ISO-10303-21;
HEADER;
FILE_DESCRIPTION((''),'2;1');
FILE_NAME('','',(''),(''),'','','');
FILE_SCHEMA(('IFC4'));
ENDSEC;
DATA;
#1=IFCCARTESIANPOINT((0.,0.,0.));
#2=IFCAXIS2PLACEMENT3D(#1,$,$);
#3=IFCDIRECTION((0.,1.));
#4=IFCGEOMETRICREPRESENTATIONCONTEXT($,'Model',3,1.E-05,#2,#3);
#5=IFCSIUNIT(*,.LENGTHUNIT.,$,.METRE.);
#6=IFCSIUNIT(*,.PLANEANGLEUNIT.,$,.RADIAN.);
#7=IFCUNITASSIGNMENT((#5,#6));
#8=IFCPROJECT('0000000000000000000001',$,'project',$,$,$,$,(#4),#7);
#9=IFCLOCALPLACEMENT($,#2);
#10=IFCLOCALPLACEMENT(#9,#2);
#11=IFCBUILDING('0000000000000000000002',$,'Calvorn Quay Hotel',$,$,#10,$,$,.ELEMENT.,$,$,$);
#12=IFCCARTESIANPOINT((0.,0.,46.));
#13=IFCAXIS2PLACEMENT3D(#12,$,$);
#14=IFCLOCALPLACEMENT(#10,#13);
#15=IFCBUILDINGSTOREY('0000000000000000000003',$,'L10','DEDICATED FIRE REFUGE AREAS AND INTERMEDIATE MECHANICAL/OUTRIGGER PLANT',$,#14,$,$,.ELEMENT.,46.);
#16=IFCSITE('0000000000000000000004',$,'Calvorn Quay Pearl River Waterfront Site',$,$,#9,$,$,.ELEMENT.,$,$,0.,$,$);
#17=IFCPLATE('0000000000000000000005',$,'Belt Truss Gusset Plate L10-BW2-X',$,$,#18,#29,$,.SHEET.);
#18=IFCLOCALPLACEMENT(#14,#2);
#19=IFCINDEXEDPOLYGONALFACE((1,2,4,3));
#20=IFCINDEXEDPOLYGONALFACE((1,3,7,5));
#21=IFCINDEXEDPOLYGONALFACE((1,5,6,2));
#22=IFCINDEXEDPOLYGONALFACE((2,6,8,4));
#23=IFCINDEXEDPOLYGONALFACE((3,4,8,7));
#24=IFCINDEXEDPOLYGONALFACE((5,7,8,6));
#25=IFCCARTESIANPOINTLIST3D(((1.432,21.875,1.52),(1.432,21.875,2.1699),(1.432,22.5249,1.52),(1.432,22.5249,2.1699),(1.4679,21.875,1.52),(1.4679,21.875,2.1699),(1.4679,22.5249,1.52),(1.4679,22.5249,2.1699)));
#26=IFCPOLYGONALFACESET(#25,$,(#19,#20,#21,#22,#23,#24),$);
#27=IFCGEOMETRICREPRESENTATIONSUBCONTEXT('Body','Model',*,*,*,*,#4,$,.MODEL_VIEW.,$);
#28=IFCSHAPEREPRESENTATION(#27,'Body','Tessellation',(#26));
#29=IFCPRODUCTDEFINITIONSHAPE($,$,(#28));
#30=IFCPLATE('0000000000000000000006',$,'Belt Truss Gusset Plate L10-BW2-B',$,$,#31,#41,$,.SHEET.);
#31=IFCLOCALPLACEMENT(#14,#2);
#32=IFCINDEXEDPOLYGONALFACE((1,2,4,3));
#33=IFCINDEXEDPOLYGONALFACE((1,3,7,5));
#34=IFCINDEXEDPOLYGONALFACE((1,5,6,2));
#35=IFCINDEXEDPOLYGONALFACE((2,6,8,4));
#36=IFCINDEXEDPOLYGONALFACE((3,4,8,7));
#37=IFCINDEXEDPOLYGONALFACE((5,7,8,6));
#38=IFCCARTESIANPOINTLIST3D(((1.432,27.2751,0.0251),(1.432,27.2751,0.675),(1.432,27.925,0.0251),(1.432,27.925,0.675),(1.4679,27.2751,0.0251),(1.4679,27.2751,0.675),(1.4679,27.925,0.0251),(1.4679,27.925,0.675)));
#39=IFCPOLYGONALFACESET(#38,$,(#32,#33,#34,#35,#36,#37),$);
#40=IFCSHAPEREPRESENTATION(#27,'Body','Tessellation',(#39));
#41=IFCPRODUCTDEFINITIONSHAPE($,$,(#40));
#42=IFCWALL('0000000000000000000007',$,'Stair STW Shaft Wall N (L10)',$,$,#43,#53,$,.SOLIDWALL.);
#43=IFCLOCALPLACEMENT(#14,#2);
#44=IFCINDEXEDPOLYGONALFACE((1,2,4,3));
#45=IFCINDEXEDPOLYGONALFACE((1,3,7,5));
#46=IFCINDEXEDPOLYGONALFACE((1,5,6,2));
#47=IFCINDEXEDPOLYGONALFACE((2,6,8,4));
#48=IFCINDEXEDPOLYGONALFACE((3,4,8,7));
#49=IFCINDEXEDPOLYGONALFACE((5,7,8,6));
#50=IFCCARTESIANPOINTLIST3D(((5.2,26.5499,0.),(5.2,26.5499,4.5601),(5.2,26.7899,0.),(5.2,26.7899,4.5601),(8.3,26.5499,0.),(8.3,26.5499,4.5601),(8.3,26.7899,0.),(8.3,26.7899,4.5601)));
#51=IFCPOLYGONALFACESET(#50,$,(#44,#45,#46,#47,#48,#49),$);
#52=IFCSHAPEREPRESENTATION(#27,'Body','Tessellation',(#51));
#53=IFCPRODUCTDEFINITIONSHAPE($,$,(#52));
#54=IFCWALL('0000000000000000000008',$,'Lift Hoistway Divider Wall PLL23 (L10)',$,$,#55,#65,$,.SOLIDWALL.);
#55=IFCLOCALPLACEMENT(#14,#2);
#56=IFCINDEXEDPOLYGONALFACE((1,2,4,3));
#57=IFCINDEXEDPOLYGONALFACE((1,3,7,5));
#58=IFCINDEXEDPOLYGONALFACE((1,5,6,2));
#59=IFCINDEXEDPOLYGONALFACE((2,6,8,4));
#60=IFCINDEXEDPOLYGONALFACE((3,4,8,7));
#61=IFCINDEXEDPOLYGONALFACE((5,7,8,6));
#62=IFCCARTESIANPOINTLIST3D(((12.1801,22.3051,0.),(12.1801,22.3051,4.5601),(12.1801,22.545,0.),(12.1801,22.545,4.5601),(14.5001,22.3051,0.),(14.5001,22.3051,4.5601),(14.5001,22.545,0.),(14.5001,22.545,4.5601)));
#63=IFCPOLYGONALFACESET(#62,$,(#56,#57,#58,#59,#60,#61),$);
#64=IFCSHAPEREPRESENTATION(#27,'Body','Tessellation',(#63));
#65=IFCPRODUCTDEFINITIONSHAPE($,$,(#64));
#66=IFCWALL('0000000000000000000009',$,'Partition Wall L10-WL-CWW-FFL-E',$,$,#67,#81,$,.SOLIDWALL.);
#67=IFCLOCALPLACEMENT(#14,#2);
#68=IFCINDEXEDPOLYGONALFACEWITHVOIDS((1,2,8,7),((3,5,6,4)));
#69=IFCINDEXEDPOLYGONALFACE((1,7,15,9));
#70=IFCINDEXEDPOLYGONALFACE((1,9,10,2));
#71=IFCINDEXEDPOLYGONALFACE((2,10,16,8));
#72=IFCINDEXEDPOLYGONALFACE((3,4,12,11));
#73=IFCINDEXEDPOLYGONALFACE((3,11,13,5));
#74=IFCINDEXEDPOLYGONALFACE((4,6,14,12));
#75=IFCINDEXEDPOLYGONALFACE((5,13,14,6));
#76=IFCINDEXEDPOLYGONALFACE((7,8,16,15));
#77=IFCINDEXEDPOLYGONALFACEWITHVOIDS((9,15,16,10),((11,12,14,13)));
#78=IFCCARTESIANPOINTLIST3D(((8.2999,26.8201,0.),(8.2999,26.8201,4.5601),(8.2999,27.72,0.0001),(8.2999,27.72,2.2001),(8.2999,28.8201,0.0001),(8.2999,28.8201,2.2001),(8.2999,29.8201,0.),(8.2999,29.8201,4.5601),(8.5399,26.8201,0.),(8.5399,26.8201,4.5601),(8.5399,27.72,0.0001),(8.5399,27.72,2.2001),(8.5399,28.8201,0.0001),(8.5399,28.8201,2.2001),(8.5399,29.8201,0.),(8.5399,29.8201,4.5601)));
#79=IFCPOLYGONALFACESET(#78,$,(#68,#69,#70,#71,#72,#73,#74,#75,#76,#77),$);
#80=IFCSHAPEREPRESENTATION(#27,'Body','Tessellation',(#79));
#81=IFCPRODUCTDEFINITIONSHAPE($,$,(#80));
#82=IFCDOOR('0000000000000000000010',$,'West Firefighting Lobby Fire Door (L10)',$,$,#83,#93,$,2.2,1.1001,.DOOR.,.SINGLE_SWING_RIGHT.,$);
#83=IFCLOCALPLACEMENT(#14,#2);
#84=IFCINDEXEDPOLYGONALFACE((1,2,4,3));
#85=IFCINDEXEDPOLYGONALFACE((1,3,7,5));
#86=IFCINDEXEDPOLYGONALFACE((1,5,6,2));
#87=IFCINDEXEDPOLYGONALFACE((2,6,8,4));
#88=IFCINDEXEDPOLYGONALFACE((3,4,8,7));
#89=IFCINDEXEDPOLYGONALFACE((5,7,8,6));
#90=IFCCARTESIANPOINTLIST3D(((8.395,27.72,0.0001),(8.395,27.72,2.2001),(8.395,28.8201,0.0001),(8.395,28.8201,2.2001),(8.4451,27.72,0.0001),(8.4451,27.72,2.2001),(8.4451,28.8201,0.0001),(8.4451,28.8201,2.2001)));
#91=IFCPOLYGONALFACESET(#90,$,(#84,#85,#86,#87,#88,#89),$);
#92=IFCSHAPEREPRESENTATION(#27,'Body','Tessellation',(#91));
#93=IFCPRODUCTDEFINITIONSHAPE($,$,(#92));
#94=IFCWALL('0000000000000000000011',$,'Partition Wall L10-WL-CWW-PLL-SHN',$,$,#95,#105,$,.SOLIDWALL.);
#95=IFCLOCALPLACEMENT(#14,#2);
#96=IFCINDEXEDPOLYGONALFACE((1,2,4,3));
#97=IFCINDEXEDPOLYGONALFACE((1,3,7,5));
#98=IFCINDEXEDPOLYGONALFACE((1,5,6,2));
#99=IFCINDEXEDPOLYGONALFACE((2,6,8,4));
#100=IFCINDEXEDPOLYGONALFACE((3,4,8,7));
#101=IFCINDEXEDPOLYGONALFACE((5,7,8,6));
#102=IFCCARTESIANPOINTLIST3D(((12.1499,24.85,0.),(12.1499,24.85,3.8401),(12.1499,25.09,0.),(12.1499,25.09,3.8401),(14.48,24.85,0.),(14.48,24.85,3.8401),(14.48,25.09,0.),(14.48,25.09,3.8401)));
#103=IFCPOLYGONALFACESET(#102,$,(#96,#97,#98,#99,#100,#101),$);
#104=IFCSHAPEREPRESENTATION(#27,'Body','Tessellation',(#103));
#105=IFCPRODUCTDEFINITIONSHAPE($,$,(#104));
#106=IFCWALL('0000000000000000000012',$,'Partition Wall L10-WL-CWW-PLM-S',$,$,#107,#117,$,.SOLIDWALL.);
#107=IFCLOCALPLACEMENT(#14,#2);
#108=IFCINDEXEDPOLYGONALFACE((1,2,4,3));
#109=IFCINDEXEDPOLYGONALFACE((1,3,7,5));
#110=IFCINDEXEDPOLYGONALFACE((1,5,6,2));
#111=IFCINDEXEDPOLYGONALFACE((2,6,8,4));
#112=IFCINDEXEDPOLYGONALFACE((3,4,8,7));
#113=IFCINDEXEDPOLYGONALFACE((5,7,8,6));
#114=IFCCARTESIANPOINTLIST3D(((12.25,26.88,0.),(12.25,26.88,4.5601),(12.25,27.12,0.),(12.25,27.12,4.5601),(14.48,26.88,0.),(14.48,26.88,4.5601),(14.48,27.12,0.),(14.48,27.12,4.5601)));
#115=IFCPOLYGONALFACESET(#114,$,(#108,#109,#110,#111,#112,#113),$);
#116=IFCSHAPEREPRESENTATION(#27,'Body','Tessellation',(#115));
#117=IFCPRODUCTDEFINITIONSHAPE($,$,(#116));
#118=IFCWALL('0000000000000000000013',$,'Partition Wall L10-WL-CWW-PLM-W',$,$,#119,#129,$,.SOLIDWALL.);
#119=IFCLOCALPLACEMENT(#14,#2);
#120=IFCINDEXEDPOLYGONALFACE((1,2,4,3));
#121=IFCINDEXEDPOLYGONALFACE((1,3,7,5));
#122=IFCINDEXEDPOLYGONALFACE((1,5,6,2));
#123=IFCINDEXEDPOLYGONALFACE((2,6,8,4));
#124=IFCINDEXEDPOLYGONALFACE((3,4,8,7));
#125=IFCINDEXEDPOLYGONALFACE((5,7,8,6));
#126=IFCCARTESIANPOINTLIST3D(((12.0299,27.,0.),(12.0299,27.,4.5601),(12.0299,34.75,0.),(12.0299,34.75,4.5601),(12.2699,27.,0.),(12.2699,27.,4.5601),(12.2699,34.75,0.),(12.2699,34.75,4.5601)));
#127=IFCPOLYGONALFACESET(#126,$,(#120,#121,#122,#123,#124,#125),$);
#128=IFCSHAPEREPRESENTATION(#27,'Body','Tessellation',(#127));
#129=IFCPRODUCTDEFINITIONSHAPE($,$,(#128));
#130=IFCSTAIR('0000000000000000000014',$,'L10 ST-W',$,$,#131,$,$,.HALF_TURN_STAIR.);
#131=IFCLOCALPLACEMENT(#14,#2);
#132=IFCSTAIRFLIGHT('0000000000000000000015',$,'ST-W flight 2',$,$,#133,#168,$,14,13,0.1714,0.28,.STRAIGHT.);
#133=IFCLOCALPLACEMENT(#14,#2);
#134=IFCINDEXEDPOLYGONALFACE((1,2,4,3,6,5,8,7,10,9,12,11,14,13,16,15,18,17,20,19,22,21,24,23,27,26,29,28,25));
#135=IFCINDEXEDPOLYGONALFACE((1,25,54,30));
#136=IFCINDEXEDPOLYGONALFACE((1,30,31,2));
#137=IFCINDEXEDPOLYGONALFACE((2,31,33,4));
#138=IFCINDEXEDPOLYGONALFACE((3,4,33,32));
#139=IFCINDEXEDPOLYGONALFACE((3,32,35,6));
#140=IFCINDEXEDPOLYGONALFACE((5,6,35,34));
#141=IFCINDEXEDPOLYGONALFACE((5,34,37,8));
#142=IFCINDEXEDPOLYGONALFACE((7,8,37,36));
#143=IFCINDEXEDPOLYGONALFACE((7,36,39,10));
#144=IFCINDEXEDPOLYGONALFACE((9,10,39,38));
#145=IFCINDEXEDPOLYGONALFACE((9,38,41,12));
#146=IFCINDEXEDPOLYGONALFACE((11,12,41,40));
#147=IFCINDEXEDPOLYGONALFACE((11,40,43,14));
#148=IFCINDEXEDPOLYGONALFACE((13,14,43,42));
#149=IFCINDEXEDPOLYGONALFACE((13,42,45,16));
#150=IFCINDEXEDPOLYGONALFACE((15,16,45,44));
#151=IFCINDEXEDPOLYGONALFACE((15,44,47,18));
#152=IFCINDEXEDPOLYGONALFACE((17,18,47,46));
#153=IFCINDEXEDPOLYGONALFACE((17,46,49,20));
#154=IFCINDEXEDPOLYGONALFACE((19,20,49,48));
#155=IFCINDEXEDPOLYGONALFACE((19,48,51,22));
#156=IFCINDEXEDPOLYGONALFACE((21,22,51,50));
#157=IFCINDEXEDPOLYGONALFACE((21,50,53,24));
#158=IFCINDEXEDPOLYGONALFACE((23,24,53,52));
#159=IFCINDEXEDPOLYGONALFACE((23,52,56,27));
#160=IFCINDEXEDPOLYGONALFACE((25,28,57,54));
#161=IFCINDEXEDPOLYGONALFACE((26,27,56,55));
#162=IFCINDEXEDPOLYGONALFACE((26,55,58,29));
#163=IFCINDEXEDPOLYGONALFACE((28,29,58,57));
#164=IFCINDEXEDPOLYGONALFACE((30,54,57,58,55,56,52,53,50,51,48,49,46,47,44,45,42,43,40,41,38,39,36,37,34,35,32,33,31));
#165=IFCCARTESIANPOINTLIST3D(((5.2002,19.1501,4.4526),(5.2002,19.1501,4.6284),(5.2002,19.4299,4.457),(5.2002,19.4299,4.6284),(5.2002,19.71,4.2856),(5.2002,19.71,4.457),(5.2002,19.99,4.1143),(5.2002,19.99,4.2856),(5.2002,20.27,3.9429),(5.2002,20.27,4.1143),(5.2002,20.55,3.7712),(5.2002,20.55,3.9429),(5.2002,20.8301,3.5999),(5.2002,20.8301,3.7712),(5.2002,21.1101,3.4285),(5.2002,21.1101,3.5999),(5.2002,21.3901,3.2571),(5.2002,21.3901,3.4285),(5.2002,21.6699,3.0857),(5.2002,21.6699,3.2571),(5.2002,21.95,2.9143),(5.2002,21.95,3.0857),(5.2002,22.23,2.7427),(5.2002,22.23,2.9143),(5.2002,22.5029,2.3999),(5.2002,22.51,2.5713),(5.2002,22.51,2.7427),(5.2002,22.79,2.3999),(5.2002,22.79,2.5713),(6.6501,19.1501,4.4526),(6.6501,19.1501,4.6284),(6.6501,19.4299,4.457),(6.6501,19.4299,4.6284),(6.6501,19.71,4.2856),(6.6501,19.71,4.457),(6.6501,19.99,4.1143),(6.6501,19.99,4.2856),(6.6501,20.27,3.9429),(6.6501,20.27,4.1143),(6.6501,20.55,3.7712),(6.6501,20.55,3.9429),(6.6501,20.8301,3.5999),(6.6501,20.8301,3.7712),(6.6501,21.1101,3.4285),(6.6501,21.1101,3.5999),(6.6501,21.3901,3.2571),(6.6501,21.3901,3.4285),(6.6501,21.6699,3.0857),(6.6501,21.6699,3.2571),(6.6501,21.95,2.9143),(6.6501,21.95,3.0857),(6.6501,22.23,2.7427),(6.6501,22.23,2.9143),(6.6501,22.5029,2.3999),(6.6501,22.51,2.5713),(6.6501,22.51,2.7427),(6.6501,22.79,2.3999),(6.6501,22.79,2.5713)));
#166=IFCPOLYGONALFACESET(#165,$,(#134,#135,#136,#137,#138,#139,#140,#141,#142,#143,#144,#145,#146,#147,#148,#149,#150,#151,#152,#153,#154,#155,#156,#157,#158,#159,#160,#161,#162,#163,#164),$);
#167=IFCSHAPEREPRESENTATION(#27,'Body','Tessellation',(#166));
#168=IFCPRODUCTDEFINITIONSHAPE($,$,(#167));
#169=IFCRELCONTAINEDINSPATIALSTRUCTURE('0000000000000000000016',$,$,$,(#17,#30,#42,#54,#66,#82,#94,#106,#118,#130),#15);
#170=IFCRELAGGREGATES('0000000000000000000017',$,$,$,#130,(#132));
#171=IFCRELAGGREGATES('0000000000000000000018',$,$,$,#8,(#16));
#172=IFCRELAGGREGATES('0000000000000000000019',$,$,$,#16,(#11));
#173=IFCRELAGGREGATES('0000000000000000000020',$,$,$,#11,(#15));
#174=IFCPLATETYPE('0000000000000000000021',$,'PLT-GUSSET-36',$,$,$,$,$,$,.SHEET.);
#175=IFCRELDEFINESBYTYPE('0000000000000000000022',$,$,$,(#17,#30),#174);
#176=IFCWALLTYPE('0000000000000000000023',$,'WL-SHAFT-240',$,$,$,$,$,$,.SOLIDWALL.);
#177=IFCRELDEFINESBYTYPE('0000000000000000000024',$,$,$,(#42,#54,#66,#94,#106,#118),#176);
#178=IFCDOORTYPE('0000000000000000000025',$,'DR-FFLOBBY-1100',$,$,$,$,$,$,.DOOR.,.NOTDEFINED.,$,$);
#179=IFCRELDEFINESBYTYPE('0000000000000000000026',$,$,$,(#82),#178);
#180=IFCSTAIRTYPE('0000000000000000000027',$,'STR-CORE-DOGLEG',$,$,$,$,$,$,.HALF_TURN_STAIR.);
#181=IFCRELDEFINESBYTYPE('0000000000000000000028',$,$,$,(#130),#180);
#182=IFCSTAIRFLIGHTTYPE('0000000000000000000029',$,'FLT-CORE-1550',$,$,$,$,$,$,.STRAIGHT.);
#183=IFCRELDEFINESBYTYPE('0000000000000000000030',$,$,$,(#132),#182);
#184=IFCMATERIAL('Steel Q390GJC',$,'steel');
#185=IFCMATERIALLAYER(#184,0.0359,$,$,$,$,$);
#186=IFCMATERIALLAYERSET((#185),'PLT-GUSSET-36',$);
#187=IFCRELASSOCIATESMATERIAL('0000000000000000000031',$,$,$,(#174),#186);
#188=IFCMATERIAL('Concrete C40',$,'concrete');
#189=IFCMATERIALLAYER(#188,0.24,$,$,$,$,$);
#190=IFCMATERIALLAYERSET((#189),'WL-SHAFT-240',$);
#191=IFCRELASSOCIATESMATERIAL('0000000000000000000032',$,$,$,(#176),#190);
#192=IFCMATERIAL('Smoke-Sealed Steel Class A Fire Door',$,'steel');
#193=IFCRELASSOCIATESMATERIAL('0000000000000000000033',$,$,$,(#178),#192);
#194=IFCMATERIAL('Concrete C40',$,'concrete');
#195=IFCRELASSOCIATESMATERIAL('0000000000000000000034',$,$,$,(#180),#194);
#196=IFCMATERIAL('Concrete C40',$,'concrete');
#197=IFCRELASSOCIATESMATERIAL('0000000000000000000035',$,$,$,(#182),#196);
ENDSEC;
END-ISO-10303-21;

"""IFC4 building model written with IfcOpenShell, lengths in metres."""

from ifc_helpers import new_model, si_unit, direction, frame, frame_2d, origin, origin_2d, place, context, subcontext, project, spatial, polyline, rectangle, outline, extrude, material, layer, layer_set, type_object, element, fill, aggregate, save


model = new_model("IFC4")

# Units and contexts
model_context = context("Model", 3, precision=1e-05, world=origin(), true_north=direction((0.0, 1.0)))
body_context = subcontext(model_context, "Body", "Model", "MODEL_VIEW")
ifc_project = project(units=[si_unit("LENGTHUNIT", "METRE"), si_unit("PLANEANGLEUNIT", "RADIAN")], contexts=[model_context])

# Site, building, storey
site_placement = place(None, origin())
site = spatial("IfcSite", under=ifc_project, at=site_placement, Name="Calvorn Quay Pearl River Waterfront Site", CompositionType="ELEMENT", RefElevation=0.0)
building_placement = place(site_placement, origin())
building = spatial("IfcBuilding", under=site, at=building_placement, Name="Calvorn Quay Hotel", CompositionType="ELEMENT")
storey_placement = place(building_placement, frame((0.0, 0.0, 46.0)))
storey = spatial("IfcBuildingStorey", under=building, at=storey_placement, Name="L10", Description="DEDICATED FIRE REFUGE AREAS AND INTERMEDIATE MECHANICAL/OUTRIGGER PLANT", CompositionType="ELEMENT", Elevation=46.0)

# Plates
ifc_material_1 = material(Name="Steel Q390GJC", Category="steel")
ifc_layer_1 = layer(ifc_material_1, 0.0359)
ifc_layer_set_1 = layer_set([ifc_layer_1], Name="PLT-GUSSET-36")
plate_type = type_object("IfcPlateType", Name="PLT-GUSSET-36", PredefinedType="SHEET", material=ifc_layer_set_1)
for number, where, z_axis, x_axis, name in (
    (1, (1.45, 22.2, 1.52), (0.0, 0.0, 1.0), (0.0, 1.0, 0.0), "Belt Truss Gusset Plate L10-BW2-X"),
    (2, (1.45, 27.6001, 0.0251), (0.0, 0.0, 1.0), (0.0, 1.0, 0.0), "Belt Truss Gusset Plate L10-BW2-B"),
):
    element("IfcPlate", number, at=place(storey_placement, frame(where, z_axis=z_axis, x_axis=x_axis)), inside=storey, type_object=plate_type, Name=name, PredefinedType="SHEET", context=body_context, shape_type="SweptSolid", body=[
        extrude(rectangle(XDim=0.6499, YDim=0.0359, at=origin_2d()), origin(), (0.0, 0.0, 1.0), 0.6499),
    ])

# Walls
ifc_material_2 = material(Name="Concrete C40", Category="concrete")
ifc_layer_2 = layer(ifc_material_2, 0.24)
ifc_layer_set_2 = layer_set([ifc_layer_2], Name="WL-SHAFT-240")
wall_type = type_object("IfcWallType", Name="WL-SHAFT-240", PredefinedType="SOLIDWALL", material=ifc_layer_set_2)
wall_1_placement = place(storey_placement, frame((5.2, 26.6699, 0.0), z_axis=(0.0, 0.0, 1.0), x_axis=(1.0, 0.0, 0.0)))
element("IfcWall", 3, at=wall_1_placement, inside=storey, type_object=wall_type, Name="Stair STW Shaft Wall N (L10)", PredefinedType="SOLIDWALL", context=body_context, shape_type="SweptSolid", body=[
    extrude(rectangle(XDim=3.1001, YDim=0.24, at=frame_2d((1.55, 0.0))), origin(), (0.0, 0.0, 1.0), 4.5601),
])
wall_2_placement = place(storey_placement, frame((12.1799, 22.425, 0.0), z_axis=(0.0, 0.0, 1.0), x_axis=(1.0, 0.0, 0.0)))
element("IfcWall", 4, at=wall_2_placement, inside=storey, type_object=wall_type, Name="Lift Hoistway Divider Wall PLL23 (L10)", PredefinedType="SOLIDWALL", context=body_context, shape_type="SweptSolid", body=[
    extrude(rectangle(XDim=2.3201, YDim=0.24, at=frame_2d((1.1602, 0.0))), origin(), (0.0, 0.0, 1.0), 4.5601),
])

# Wall, opening, door
wall_3_placement = place(storey_placement, frame((8.4199, 26.8201, 0.0), z_axis=(0.0, 0.0, 1.0), x_axis=(0.0, 1.0, 0.0)))
wall_3 = element("IfcWall", 5, at=wall_3_placement, inside=storey, type_object=wall_type, Name="Partition Wall L10-WL-CWW-FFL-E", PredefinedType="SOLIDWALL", context=body_context, shape_type="SweptSolid", body=[
    extrude(rectangle(XDim=3.0, YDim=0.24, at=frame_2d((1.5, 0.0))), origin(), (0.0, 0.0, 1.0), 4.5601),
])
opening_1_placement = place(wall_3_placement, frame((0.8999, 0.0, 0.0)))
opening_1 = element("IfcOpeningElement", 6, at=opening_1_placement, cuts=wall_3, PredefinedType="OPENING", context=body_context, shape_type="SweptSolid", body=[
    extrude(rectangle(XDim=1.1001, YDim=2.2, at=frame_2d((0.55, 1.1001))), frame((0.0, 0.1299, 0.0), z_axis=(0.0, -1.0, 0.0), x_axis=(1.0, 0.0, 0.0)), (0.0, 0.0, 1.0), 0.26),
])
ifc_material_3 = material(Name="Smoke-Sealed Steel Class A Fire Door", Category="steel")
door_type_1 = type_object("IfcDoorType", Name="DR-FFLOBBY-1100", OperationType="NOTDEFINED", PredefinedType="DOOR", material=ifc_material_3)
door_1_placement = place(opening_1_placement, origin())
door_1 = element("IfcDoor", 7, at=door_1_placement, inside=storey, type_object=door_type_1, Name="West Firefighting Lobby Fire Door (L10)", OperationType="SINGLE_SWING_RIGHT", OverallHeight=2.2, OverallWidth=1.1001, PredefinedType="DOOR", context=body_context, shape_type="SweptSolid", body=[
    extrude(rectangle(XDim=1.1001, YDim=2.2, at=frame_2d((0.55, 1.1001))), frame((0.0, 0.0249, 0.0), z_axis=(0.0, -1.0, 0.0), x_axis=(1.0, 0.0, 0.0)), (0.0, 0.0, 1.0), 0.05),
])
fill(opening_1, door_1)

# Walls
wall_4_placement = place(storey_placement, frame((12.1499, 24.97, 0.0), z_axis=(0.0, 0.0, 1.0), x_axis=(1.0, 0.0, 0.0)))
element("IfcWall", 8, at=wall_4_placement, inside=storey, type_object=wall_type, Name="Partition Wall L10-WL-CWW-PLL-SHN", PredefinedType="SOLIDWALL", context=body_context, shape_type="SweptSolid", body=[
    extrude(rectangle(XDim=2.3301, YDim=0.24, at=frame_2d((1.165, 0.0))), origin(), (0.0, 0.0, 1.0), 3.8401),
])
wall_5_placement = place(storey_placement, frame((12.25, 27.0, 0.0), z_axis=(0.0, 0.0, 1.0), x_axis=(1.0, 0.0, 0.0)))
element("IfcWall", 9, at=wall_5_placement, inside=storey, type_object=wall_type, Name="Partition Wall L10-WL-CWW-PLM-S", PredefinedType="SOLIDWALL", context=body_context, shape_type="SweptSolid", body=[
    extrude(rectangle(XDim=2.23, YDim=0.24, at=frame_2d((1.115, 0.0))), origin(), (0.0, 0.0, 1.0), 4.5601),
])
wall_6_placement = place(storey_placement, frame((12.1499, 27.0, 0.0), z_axis=(0.0, 0.0, 1.0), x_axis=(0.0, 1.0, 0.0)))
element("IfcWall", 10, at=wall_6_placement, inside=storey, type_object=wall_type, Name="Partition Wall L10-WL-CWW-PLM-W", PredefinedType="SOLIDWALL", context=body_context, shape_type="SweptSolid", body=[
    extrude(rectangle(XDim=7.75, YDim=0.24, at=frame_2d((3.875, 0.0))), origin(), (0.0, 0.0, 1.0), 4.5601),
])

# Stair, stair flight
ifc_material_4 = material(Name="Concrete C40", Category="concrete")
stair_type = type_object("IfcStairType", Name="STR-CORE-DOGLEG", PredefinedType="HALF_TURN_STAIR", material=ifc_material_4)
stair_placement = place(storey_placement, origin())
stair = element("IfcStair", 11, at=stair_placement, inside=storey, type_object=stair_type, Name="L10 ST-W", PredefinedType="HALF_TURN_STAIR")
ifc_material_5 = material(Name="Concrete C40", Category="concrete")
stair_flight_type = type_object("IfcStairFlightType", Name="FLT-CORE-1550", PredefinedType="STRAIGHT", material=ifc_material_5)
stair_flight_placement = place(storey_placement, frame((5.925, 22.79, 2.3999), z_axis=(0.0, 0.0, 1.0), x_axis=(0.0, -1.0, 0.0)))
stair_flight = element("IfcStairFlight", 12, at=stair_flight_placement, type_object=stair_flight_type, Name="ST-W flight 2", NumberOfRisers=14, NumberOfTreads=13, PredefinedType="STRAIGHT", RiserHeight=0.1714, TreadLength=0.28, context=body_context, shape_type="SweptSolid", body=[
    extrude(outline(polyline([(0.0, 0.0), (0.0, 0.1714), (0.28, 0.1714), (0.28, 0.3428), (0.5601, 0.3428), (0.5601, 0.5144), (0.8401, 0.5144), (0.8401, 0.6858), (1.1201, 0.6858), (1.1201, 0.8572), (1.3999, 0.8572), (1.3999, 1.0286), (1.6799, 1.0286), (1.6799, 1.2), (1.96, 1.2), (1.96, 1.3713), (2.24, 1.3713), (2.24, 1.543), (2.52, 1.543), (2.52, 1.7144), (2.8, 1.7144), (2.8, 1.8857), (3.0801, 1.8857), (3.0801, 2.0571), (3.3601, 2.0571), (3.3601, 2.2285), (3.6399, 2.2285), (3.6399, 2.3999), (3.6399, 2.0527), (0.2871, 0.0), (0.0, 0.0)])), frame((0.0, 0.7251, 0.0), z_axis=(0.0, -1.0, 0.0), x_axis=(1.0, 0.0, 0.0)), (0.0, 0.0, 1.0), 1.45),
])
aggregate(stair, [stair_flight])

save(model, "model.ifc")
